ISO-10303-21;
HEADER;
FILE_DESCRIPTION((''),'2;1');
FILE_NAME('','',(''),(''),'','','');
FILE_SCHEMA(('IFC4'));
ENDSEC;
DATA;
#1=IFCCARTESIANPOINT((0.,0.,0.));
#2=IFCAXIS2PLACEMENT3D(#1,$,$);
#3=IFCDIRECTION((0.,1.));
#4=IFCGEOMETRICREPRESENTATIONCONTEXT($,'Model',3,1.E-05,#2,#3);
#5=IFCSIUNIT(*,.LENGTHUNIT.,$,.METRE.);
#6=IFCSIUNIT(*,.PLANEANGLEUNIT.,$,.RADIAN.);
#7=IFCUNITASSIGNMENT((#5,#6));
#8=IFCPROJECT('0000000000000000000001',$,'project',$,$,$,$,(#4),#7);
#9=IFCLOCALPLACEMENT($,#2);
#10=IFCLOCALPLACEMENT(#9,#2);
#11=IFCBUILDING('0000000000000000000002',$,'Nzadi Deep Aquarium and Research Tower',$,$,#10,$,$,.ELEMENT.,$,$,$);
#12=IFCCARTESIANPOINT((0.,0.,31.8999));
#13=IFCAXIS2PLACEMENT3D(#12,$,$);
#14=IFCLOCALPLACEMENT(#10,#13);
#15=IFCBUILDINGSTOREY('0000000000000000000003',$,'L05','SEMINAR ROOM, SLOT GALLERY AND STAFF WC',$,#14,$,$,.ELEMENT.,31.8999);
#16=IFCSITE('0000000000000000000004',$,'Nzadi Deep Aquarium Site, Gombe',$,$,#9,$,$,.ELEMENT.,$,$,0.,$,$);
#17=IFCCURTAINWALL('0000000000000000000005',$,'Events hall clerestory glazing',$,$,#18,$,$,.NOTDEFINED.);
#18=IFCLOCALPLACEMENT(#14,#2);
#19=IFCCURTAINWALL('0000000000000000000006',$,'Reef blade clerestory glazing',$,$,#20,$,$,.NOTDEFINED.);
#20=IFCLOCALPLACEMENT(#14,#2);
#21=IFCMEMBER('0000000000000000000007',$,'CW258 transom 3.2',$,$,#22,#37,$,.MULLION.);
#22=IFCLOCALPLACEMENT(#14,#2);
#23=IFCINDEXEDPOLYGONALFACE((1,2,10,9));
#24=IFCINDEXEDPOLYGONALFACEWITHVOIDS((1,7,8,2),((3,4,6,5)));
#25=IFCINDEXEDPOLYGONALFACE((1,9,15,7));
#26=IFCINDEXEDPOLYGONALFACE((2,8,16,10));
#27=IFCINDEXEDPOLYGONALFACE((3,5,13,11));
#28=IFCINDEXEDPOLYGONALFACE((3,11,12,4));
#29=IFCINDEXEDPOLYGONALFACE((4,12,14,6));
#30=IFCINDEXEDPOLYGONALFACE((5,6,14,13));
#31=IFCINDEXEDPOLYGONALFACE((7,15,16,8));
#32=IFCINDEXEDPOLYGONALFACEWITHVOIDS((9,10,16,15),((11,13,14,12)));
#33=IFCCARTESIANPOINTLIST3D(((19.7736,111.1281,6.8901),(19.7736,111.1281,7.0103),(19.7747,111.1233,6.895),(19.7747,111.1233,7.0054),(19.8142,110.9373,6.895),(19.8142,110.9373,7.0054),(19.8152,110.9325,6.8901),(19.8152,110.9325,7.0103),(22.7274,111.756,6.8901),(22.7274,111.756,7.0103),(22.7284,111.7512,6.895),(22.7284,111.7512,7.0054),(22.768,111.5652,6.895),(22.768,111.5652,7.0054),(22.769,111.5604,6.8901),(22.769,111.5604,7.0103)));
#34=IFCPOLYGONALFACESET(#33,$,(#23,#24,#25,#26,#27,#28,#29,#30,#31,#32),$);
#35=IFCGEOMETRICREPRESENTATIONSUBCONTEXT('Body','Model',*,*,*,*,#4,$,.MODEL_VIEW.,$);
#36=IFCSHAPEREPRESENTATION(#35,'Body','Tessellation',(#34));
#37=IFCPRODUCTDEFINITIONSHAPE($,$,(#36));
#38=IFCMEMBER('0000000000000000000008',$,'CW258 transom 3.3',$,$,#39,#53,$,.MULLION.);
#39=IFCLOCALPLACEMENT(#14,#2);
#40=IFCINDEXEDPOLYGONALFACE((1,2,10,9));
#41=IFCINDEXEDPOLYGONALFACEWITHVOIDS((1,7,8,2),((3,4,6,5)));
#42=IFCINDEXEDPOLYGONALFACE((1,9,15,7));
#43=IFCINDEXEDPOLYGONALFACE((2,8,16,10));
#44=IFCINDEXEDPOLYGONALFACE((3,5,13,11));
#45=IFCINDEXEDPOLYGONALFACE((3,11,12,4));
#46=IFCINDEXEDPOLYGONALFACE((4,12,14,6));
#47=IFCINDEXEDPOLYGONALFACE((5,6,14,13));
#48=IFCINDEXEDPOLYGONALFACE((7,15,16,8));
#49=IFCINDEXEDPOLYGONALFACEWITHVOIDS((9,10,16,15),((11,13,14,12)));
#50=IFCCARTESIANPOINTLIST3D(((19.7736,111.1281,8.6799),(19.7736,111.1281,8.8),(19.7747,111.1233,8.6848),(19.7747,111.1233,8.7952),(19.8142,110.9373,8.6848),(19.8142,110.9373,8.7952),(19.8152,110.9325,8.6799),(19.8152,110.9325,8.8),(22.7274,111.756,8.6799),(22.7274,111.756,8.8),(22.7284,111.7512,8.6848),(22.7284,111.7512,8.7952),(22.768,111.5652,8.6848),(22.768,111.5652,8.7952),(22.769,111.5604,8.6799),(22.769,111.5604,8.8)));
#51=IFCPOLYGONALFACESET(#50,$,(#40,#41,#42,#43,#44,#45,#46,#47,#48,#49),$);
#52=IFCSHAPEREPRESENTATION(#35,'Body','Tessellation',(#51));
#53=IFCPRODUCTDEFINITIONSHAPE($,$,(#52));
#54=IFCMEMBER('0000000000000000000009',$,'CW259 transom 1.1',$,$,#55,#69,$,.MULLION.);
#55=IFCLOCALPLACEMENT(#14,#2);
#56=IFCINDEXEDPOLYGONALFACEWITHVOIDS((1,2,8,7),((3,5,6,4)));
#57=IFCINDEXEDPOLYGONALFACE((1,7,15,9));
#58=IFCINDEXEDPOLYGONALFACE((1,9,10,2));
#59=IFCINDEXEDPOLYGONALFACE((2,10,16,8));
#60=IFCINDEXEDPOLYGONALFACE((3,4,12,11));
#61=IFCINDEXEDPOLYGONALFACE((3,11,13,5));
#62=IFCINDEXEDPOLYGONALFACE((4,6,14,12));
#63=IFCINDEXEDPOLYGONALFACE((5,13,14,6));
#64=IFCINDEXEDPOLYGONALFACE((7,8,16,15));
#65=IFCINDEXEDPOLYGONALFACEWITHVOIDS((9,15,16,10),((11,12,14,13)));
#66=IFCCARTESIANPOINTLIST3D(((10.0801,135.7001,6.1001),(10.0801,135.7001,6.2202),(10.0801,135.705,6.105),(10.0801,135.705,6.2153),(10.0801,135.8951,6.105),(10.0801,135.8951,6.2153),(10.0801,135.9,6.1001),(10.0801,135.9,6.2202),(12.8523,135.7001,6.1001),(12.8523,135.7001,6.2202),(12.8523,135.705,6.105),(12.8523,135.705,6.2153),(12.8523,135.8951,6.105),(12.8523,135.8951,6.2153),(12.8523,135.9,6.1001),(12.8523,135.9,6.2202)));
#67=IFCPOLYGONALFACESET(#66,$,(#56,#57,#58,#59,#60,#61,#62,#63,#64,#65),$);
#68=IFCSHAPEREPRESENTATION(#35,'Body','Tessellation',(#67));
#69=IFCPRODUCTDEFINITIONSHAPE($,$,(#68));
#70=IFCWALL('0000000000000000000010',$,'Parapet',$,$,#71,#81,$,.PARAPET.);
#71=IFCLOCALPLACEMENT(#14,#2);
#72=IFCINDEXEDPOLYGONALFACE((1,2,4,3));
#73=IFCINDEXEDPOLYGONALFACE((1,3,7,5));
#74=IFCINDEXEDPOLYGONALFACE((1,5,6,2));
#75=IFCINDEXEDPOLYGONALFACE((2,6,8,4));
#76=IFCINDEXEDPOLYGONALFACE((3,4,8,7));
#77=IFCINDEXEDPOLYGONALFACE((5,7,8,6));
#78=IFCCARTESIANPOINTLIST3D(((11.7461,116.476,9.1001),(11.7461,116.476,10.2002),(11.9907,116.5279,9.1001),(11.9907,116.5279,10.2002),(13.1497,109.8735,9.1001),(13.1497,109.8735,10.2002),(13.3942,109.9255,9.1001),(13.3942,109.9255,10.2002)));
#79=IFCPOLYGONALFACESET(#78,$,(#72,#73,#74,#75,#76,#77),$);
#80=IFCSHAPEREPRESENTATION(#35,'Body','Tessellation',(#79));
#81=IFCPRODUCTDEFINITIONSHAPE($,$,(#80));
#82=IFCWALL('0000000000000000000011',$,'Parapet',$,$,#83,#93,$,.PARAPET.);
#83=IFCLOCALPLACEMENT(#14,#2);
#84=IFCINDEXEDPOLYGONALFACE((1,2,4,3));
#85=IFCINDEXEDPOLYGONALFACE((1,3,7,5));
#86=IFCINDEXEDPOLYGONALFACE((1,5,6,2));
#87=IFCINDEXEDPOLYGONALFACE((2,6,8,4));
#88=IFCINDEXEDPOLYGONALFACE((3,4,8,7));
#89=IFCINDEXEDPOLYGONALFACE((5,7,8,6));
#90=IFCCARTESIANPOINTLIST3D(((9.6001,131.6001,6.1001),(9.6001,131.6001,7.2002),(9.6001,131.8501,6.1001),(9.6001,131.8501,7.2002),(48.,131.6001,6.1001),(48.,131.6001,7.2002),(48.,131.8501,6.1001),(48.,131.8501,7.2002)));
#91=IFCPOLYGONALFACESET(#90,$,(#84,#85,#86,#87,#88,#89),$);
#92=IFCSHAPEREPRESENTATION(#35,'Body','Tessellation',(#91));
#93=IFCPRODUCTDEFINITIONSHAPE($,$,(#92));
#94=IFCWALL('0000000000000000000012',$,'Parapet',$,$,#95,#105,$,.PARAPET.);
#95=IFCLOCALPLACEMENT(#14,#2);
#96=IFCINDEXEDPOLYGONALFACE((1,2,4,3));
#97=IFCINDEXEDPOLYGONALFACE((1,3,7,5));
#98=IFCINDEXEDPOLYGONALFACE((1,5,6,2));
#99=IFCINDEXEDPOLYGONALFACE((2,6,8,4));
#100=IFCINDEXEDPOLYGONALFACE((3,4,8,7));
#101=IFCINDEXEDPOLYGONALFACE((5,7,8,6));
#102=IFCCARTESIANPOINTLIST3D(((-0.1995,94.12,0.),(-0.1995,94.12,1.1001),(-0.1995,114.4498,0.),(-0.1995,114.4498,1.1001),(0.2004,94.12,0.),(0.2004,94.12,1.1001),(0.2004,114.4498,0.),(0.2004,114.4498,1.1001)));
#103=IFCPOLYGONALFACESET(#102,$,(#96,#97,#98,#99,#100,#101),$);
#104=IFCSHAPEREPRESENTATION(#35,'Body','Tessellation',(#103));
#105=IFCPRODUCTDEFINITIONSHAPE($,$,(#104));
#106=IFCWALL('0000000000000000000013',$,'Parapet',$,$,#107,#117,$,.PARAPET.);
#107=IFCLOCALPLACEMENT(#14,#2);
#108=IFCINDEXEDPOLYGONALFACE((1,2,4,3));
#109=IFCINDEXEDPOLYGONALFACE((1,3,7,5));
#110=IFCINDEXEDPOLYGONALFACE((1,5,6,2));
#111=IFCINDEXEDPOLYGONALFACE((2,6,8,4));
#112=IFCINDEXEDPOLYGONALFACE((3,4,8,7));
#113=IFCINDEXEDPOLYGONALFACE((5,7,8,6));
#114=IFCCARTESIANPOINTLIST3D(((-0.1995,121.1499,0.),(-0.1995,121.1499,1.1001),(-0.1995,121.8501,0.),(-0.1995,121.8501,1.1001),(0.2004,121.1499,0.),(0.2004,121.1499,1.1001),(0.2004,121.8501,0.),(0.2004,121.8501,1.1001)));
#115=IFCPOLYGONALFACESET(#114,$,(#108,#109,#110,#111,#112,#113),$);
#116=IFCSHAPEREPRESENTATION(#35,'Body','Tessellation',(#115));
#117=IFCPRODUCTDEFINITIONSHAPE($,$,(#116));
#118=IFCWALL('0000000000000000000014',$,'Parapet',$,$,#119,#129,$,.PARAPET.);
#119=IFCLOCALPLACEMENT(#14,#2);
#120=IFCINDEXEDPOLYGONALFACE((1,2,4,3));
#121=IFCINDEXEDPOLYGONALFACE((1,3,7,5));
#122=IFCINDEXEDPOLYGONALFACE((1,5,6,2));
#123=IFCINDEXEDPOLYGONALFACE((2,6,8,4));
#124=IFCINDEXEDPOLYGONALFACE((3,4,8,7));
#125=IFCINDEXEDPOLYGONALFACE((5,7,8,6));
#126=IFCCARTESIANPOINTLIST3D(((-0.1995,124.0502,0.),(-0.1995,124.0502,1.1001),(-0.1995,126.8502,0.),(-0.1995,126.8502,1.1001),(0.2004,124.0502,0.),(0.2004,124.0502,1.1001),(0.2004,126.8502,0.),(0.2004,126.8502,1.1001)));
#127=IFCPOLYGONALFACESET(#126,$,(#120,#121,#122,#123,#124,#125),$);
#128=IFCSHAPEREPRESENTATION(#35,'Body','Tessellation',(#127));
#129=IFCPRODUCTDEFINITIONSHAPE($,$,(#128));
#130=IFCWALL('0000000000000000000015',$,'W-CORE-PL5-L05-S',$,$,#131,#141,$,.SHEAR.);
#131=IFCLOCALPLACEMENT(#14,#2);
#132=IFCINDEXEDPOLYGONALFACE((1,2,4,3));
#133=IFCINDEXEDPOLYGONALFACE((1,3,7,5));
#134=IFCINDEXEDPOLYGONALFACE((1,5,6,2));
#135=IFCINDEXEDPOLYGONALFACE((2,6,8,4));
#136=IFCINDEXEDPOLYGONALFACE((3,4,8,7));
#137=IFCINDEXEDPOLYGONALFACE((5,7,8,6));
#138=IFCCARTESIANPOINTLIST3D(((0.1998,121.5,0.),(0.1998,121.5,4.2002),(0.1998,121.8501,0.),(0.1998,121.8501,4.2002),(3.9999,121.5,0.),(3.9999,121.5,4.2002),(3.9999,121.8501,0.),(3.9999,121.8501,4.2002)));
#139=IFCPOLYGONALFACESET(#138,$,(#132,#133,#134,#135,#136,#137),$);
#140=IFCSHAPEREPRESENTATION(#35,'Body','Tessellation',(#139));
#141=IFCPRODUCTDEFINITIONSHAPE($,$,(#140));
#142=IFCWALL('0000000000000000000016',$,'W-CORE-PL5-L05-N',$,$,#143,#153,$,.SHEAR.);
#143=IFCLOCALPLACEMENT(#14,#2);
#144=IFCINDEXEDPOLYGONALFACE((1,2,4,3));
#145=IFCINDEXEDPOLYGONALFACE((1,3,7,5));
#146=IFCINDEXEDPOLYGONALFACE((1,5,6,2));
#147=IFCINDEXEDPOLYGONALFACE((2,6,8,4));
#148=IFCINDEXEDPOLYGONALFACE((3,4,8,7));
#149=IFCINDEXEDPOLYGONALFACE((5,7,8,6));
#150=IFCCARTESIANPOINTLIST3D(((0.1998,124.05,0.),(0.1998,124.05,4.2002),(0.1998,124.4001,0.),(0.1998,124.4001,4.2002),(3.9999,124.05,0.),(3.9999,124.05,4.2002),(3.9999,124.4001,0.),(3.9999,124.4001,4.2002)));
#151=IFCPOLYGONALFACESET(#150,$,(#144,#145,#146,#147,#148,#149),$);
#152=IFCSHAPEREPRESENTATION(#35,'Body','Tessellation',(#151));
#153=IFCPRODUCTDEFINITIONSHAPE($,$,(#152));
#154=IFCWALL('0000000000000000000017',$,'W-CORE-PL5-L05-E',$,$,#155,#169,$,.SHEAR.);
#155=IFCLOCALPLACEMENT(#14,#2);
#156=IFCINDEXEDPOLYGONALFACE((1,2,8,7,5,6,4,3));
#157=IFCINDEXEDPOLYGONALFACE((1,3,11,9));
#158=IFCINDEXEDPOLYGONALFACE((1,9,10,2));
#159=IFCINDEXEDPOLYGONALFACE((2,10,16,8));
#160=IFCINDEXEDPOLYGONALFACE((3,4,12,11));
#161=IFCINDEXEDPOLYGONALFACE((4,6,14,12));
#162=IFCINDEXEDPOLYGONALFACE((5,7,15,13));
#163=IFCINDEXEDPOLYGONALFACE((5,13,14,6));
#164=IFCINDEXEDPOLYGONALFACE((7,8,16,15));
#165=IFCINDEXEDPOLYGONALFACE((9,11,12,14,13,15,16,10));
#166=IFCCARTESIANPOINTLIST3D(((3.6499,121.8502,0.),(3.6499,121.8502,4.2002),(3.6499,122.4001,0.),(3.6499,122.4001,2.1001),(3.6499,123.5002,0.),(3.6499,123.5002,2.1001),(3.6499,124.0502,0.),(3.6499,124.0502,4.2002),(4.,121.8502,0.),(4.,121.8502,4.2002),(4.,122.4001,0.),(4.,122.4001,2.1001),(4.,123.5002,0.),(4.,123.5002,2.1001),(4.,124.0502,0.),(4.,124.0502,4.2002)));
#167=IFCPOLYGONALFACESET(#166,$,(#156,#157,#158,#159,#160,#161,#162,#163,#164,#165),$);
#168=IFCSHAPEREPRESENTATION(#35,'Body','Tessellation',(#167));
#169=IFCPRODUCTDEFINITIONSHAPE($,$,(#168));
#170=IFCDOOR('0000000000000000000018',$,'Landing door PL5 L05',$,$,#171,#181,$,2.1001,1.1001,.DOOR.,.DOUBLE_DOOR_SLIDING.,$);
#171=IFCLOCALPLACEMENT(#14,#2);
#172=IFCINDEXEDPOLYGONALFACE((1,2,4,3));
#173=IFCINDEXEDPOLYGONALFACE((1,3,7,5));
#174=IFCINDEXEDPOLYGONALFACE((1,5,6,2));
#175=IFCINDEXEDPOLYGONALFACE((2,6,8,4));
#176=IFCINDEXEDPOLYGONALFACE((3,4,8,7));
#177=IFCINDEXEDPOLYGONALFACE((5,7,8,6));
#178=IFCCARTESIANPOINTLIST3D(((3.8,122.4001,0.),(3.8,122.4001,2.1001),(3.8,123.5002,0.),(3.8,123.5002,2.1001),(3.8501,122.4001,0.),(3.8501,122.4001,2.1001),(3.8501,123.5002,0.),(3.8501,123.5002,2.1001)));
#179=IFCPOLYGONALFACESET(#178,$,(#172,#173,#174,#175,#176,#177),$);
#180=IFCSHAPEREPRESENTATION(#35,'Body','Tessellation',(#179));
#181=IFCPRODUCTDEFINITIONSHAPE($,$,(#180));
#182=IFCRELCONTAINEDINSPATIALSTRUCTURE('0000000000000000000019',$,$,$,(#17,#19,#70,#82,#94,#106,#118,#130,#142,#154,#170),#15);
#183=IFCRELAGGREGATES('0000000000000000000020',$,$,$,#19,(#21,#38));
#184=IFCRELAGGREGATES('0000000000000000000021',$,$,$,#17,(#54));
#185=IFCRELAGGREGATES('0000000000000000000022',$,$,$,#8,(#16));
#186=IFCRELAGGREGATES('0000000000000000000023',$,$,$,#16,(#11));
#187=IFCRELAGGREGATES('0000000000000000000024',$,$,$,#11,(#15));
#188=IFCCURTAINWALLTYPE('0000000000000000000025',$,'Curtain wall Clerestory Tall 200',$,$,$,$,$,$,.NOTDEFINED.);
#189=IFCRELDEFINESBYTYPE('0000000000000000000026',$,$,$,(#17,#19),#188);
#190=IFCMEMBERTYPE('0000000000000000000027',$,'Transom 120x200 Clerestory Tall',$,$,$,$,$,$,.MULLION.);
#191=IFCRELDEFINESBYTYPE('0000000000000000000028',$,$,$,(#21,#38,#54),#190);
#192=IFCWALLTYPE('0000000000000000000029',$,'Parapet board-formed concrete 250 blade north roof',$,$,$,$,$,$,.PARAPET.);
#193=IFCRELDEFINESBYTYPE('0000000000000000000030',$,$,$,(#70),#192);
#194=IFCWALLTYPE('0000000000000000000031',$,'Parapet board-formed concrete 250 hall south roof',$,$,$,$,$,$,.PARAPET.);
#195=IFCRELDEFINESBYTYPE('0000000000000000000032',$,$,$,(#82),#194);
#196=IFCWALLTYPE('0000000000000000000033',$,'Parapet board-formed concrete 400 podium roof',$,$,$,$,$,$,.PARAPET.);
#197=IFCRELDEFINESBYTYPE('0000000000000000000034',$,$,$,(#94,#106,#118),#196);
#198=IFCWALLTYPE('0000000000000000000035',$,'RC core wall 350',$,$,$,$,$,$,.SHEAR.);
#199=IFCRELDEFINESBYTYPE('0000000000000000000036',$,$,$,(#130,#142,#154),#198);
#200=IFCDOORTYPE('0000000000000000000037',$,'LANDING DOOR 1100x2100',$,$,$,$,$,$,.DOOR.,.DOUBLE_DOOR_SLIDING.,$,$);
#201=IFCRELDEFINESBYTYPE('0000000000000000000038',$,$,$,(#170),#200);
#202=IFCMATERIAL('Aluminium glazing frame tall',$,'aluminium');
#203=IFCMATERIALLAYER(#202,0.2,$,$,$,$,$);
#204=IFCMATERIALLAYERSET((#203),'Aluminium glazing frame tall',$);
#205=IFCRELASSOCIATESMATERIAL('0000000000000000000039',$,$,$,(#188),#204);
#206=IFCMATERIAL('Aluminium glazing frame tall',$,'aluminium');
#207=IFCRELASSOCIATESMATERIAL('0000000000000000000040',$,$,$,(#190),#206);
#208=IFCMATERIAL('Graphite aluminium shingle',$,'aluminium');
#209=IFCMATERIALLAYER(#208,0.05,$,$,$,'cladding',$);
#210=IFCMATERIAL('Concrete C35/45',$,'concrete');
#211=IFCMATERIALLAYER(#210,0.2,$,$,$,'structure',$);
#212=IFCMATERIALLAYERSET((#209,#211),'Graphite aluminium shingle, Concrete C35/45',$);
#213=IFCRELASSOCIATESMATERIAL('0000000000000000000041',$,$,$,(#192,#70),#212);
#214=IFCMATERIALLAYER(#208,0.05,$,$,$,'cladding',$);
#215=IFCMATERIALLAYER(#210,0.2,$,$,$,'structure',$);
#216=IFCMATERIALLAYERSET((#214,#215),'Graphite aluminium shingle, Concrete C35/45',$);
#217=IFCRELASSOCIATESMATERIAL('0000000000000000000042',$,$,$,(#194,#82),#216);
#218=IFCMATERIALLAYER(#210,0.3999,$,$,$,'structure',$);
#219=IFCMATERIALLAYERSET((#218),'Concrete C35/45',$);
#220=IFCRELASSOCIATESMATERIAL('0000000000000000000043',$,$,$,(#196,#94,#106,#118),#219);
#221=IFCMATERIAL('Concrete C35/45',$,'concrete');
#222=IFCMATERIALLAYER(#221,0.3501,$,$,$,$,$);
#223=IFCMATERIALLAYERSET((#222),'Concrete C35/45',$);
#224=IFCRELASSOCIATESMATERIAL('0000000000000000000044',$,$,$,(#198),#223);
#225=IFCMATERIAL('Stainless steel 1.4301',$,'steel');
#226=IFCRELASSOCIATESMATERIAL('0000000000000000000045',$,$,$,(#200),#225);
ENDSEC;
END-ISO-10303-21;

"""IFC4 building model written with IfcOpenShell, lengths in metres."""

from ifc_helpers import new_model, si_unit, direction, frame, frame_2d, origin, origin_2d, place, context, subcontext, project, spatial, rectangle, hollow_rectangle, extrude, material, layer, layer_set, layer_usage, material_profile, profile_set, type_object, element, fill, aggregate, save


model = new_model("IFC4")

# Units and contexts
model_context = context("Model", 3, precision=1e-05, world=origin(), true_north=direction((0.0, 1.0)))
body_context = subcontext(model_context, "Body", "Model", "MODEL_VIEW")
ifc_project = project(units=[si_unit("LENGTHUNIT", "METRE"), si_unit("PLANEANGLEUNIT", "RADIAN")], contexts=[model_context])

# Site, building, storey
site_placement = place(None, origin())
site = spatial("IfcSite", under=ifc_project, at=site_placement, Name="Nzadi Deep Aquarium Site, Gombe", CompositionType="ELEMENT", RefElevation=0.0)
building_placement = place(site_placement, origin())
building = spatial("IfcBuilding", under=site, at=building_placement, Name="Nzadi Deep Aquarium and Research Tower", CompositionType="ELEMENT")
storey_placement = place(building_placement, frame((0.0, 0.0, 31.8999)))
storey = spatial("IfcBuildingStorey", under=building, at=storey_placement, Name="L05", Description="SEMINAR ROOM, SLOT GALLERY AND STAFF WC", CompositionType="ELEMENT", Elevation=31.8999)

# Curtain wall
ifc_material_1 = material(Name="Aluminium glazing frame tall", Category="aluminium")
ifc_layer_1 = layer(ifc_material_1, 0.2)
ifc_layer_set_1 = layer_set([ifc_layer_1], Name="Aluminium glazing frame tall")
curtain_wall_type = type_object("IfcCurtainWallType", Name="Curtain wall Clerestory Tall 200", PredefinedType="NOTDEFINED", material=ifc_layer_set_1)
curtain_wall_1_placement = place(storey_placement, origin())
curtain_wall_1 = element("IfcCurtainWall", 1, at=curtain_wall_1_placement, inside=storey, type_object=curtain_wall_type, Name="Events hall clerestory glazing", PredefinedType="NOTDEFINED")

# Curtain wall, members
curtain_wall_2_placement = place(storey_placement, origin())
curtain_wall_2 = element("IfcCurtainWall", 2, at=curtain_wall_2_placement, inside=storey, type_object=curtain_wall_type, Name="Reef blade clerestory glazing", PredefinedType="NOTDEFINED")
ifc_material_2 = material(Name="Aluminium glazing frame tall", Category="aluminium")
ifc_material_profile_1 = material_profile(ifc_material_2, hollow_rectangle(XDim=0.2, YDim=0.1201, WallThickness=0.0049, at=origin_2d()))
ifc_profile_set_1 = profile_set([ifc_material_profile_1], Name="Aluminium glazing frame tall")
member_type_1 = type_object("IfcMemberType", Name="Transom 120x200 Clerestory Tall", PredefinedType="MULLION", material=ifc_profile_set_1)
member_1_placement = place(storey_placement, frame((19.7944, 111.0303, 6.9502), z_axis=(0.978143, 0.207933, 0.0), x_axis=(-0.207933, 0.978143, 0.0)))
member_1 = element("IfcMember", 3, at=member_1_placement, type_object=member_type_1, Name="CW258 transom 3.2", PredefinedType="MULLION", context=body_context, shape_type="SweptSolid", body=[
    extrude(hollow_rectangle(XDim=0.2, YDim=0.1201, WallThickness=0.0049, at=origin_2d()), origin(), (0.0, 0.0, 1.0), 3.0198),
])
member_2_placement = place(storey_placement, frame((19.7944, 111.0303, 8.74), z_axis=(0.978143, 0.207933, 0.0), x_axis=(-0.207933, 0.978143, 0.0)))
member_2 = element("IfcMember", 4, at=member_2_placement, type_object=member_type_1, Name="CW258 transom 3.3", PredefinedType="MULLION", context=body_context, shape_type="SweptSolid", body=[
    extrude(hollow_rectangle(XDim=0.2, YDim=0.1201, WallThickness=0.0049, at=origin_2d()), origin(), (0.0, 0.0, 1.0), 3.0198),
])
aggregate(curtain_wall_2, [member_1, member_2])

# Member
member_3_placement = place(storey_placement, frame((10.0801, 135.8, 6.1602), z_axis=(1.0, 0.0, 0.0), x_axis=(0.0, 1.0, 0.0)))
member_3 = element("IfcMember", 5, at=member_3_placement, type_object=member_type_1, Name="CW259 transom 1.1", PredefinedType="MULLION", context=body_context, shape_type="SweptSolid", body=[
    extrude(hollow_rectangle(XDim=0.2, YDim=0.1201, WallThickness=0.0049, at=origin_2d()), origin(), (0.0, 0.0, 1.0), 2.7722),
])
aggregate(curtain_wall_1, [member_3])

# Walls
ifc_material_3 = material(Name="Graphite aluminium shingle", Category="aluminium")
ifc_layer_2 = layer(ifc_material_3, 0.05, Category="cladding")
ifc_material_4 = material(Name="Concrete C35/45", Category="concrete")
ifc_layer_3 = layer(ifc_material_4, 0.2, Category="structure")
ifc_layer_set_2 = layer_set([ifc_layer_2, ifc_layer_3], Name="Graphite aluminium shingle, Concrete C35/45")
ifc_layer_usage_1 = layer_usage(ifc_layer_set_2, "AXIS2", "POSITIVE", -0.125)
wall_type_1 = type_object("IfcWallType", Name="Parapet board-formed concrete 250 blade north roof", PredefinedType="PARAPET", material=ifc_layer_set_2)
wall_1_placement = place(storey_placement, frame((11.8684, 116.502, 9.1001), z_axis=(0.0, 0.0, 1.0), x_axis=(0.207933, -0.978143, 0.0)))
element("IfcWall", 6, at=wall_1_placement, inside=storey, type_object=wall_type_1, material=ifc_layer_usage_1, Name="Parapet", PredefinedType="PARAPET", context=body_context, shape_type="SweptSolid", body=[
    extrude(rectangle(XDim=6.75, YDim=0.25, at=frame_2d((3.375, 0.0))), origin(), (0.0, 0.0, 1.0), 1.1001),
])
ifc_layer_4 = layer(ifc_material_3, 0.05, Category="cladding")
ifc_layer_5 = layer(ifc_material_4, 0.2, Category="structure")
ifc_layer_set_3 = layer_set([ifc_layer_4, ifc_layer_5], Name="Graphite aluminium shingle, Concrete C35/45")
ifc_layer_usage_2 = layer_usage(ifc_layer_set_3, "AXIS2", "POSITIVE", -0.125)
wall_type_2 = type_object("IfcWallType", Name="Parapet board-formed concrete 250 hall south roof", PredefinedType="PARAPET", material=ifc_layer_set_3)
wall_2_placement = place(storey_placement, frame((9.6001, 131.7251, 6.1001), z_axis=(0.0, 0.0, 1.0), x_axis=(1.0, 0.0, 0.0)))
element("IfcWall", 7, at=wall_2_placement, inside=storey, type_object=wall_type_2, material=ifc_layer_usage_2, Name="Parapet", PredefinedType="PARAPET", context=body_context, shape_type="SweptSolid", body=[
    extrude(rectangle(XDim=38.3999, YDim=0.25, at=frame_2d((19.2, 0.0))), origin(), (0.0, 0.0, 1.0), 1.1001),
])
ifc_layer_6 = layer(ifc_material_4, 0.3999, Category="structure")
ifc_layer_set_4 = layer_set([ifc_layer_6], Name="Concrete C35/45")
ifc_layer_usage_3 = layer_usage(ifc_layer_set_4, "AXIS2", "POSITIVE", -0.2)
wall_type_3 = type_object("IfcWallType", Name="Parapet board-formed concrete 400 podium roof", PredefinedType="PARAPET", material=ifc_layer_set_4)
wall_3_placement = place(storey_placement, frame((0.0005, 114.45, 0.0), z_axis=(0.0, 0.0, 1.0), x_axis=(0.0, -1.0, 0.0)))
element("IfcWall", 8, at=wall_3_placement, inside=storey, type_object=wall_type_3, material=ifc_layer_usage_3, Name="Parapet", PredefinedType="PARAPET", context=body_context, shape_type="SweptSolid", body=[
    extrude(rectangle(XDim=20.3298, YDim=0.3999, at=frame_2d((10.165, 0.0))), origin(), (0.0, 0.0, 1.0), 1.1001),
])
ifc_layer_usage_4 = layer_usage(ifc_layer_set_4, "AXIS2", "POSITIVE", -0.2)
wall_4_placement = place(storey_placement, frame((0.0005, 121.8501, 0.0), z_axis=(0.0, 0.0, 1.0), x_axis=(0.0, -1.0, 0.0)))
element("IfcWall", 9, at=wall_4_placement, inside=storey, type_object=wall_type_3, material=ifc_layer_usage_4, Name="Parapet", PredefinedType="PARAPET", context=body_context, shape_type="SweptSolid", body=[
    extrude(rectangle(XDim=0.7002, YDim=0.3999, at=frame_2d((0.3501, 0.0))), origin(), (0.0, 0.0, 1.0), 1.1001),
])
ifc_layer_usage_5 = layer_usage(ifc_layer_set_4, "AXIS2", "POSITIVE", -0.2)
wall_5_placement = place(storey_placement, frame((0.0005, 126.8501, 0.0), z_axis=(0.0, 0.0, 1.0), x_axis=(0.0, -1.0, 0.0)))
element("IfcWall", 10, at=wall_5_placement, inside=storey, type_object=wall_type_3, material=ifc_layer_usage_5, Name="Parapet", PredefinedType="PARAPET", context=body_context, shape_type="SweptSolid", body=[
    extrude(rectangle(XDim=2.8, YDim=0.3999, at=frame_2d((1.3999, 0.0))), origin(), (0.0, 0.0, 1.0), 1.1001),
])
ifc_material_5 = material(Name="Concrete C35/45", Category="concrete")
ifc_layer_7 = layer(ifc_material_5, 0.3501)
ifc_layer_set_5 = layer_set([ifc_layer_7], Name="Concrete C35/45")
wall_type_4 = type_object("IfcWallType", Name="RC core wall 350", PredefinedType="SHEAR", material=ifc_layer_set_5)
for number, where, z_axis, x_axis, name in (
    (11, (0.2, 121.675, 0.0), (0.0, 0.0, 1.0), (1.0, 0.0, 0.0), "W-CORE-PL5-L05-S"),
    (12, (0.2, 124.2251, 0.0), (0.0, 0.0, 1.0), (1.0, 0.0, 0.0), "W-CORE-PL5-L05-N"),
):
    element("IfcWall", number, at=place(storey_placement, frame(where, z_axis=z_axis, x_axis=x_axis)), inside=storey, type_object=wall_type_4, Name=name, PredefinedType="SHEAR", context=body_context, shape_type="SweptSolid", body=[
        extrude(rectangle(XDim=3.8, YDim=0.3501, at=frame_2d((1.8999, 0.0))), origin(), (0.0, 0.0, 1.0), 4.2002),
    ])

# Wall, opening, door
wall_6_placement = place(storey_placement, frame((3.825, 121.8501, 0.0), z_axis=(0.0, 0.0, 1.0), x_axis=(0.0, 1.0, 0.0)))
wall_6 = element("IfcWall", 13, at=wall_6_placement, inside=storey, type_object=wall_type_4, Name="W-CORE-PL5-L05-E", PredefinedType="SHEAR", context=body_context, shape_type="SweptSolid", body=[
    extrude(rectangle(XDim=2.2, YDim=0.3501, at=frame_2d((1.1001, 0.0))), origin(), (0.0, 0.0, 1.0), 4.2002),
])
opening_1_placement = place(wall_6_placement, frame((0.55, 0.0, 0.0)))
opening_1 = element("IfcOpeningElement", 14, at=opening_1_placement, cuts=wall_6, PredefinedType="OPENING", context=body_context, shape_type="SweptSolid", body=[
    extrude(rectangle(XDim=1.1001, YDim=2.1001, at=frame_2d((0.55, 1.05))), frame((0.0, 0.1851, 0.0), z_axis=(0.0, -1.0, 0.0), x_axis=(1.0, 0.0, 0.0)), (0.0, 0.0, 1.0), 0.3701),
])
ifc_material_6 = material(Name="Stainless steel 1.4301", Category="steel")
door_type_1 = type_object("IfcDoorType", Name="LANDING DOOR 1100x2100", OperationType="DOUBLE_DOOR_SLIDING", PredefinedType="DOOR", material=ifc_material_6)
door_1_placement = place(opening_1_placement, origin())
door_1 = element("IfcDoor", 15, at=door_1_placement, inside=storey, type_object=door_type_1, Name="Landing door PL5 L05", OperationType="DOUBLE_DOOR_SLIDING", OverallHeight=2.1001, OverallWidth=1.1001, PredefinedType="DOOR", context=body_context, shape_type="SweptSolid", body=[
    extrude(rectangle(XDim=1.1001, YDim=2.1001, at=frame_2d((0.55, 1.05))), frame((0.0, 0.0249, 0.0), z_axis=(0.0, -1.0, 0.0), x_axis=(1.0, 0.0, 0.0)), (0.0, 0.0, 1.0), 0.05),
])
fill(opening_1, door_1)

save(model, "model.ifc")
